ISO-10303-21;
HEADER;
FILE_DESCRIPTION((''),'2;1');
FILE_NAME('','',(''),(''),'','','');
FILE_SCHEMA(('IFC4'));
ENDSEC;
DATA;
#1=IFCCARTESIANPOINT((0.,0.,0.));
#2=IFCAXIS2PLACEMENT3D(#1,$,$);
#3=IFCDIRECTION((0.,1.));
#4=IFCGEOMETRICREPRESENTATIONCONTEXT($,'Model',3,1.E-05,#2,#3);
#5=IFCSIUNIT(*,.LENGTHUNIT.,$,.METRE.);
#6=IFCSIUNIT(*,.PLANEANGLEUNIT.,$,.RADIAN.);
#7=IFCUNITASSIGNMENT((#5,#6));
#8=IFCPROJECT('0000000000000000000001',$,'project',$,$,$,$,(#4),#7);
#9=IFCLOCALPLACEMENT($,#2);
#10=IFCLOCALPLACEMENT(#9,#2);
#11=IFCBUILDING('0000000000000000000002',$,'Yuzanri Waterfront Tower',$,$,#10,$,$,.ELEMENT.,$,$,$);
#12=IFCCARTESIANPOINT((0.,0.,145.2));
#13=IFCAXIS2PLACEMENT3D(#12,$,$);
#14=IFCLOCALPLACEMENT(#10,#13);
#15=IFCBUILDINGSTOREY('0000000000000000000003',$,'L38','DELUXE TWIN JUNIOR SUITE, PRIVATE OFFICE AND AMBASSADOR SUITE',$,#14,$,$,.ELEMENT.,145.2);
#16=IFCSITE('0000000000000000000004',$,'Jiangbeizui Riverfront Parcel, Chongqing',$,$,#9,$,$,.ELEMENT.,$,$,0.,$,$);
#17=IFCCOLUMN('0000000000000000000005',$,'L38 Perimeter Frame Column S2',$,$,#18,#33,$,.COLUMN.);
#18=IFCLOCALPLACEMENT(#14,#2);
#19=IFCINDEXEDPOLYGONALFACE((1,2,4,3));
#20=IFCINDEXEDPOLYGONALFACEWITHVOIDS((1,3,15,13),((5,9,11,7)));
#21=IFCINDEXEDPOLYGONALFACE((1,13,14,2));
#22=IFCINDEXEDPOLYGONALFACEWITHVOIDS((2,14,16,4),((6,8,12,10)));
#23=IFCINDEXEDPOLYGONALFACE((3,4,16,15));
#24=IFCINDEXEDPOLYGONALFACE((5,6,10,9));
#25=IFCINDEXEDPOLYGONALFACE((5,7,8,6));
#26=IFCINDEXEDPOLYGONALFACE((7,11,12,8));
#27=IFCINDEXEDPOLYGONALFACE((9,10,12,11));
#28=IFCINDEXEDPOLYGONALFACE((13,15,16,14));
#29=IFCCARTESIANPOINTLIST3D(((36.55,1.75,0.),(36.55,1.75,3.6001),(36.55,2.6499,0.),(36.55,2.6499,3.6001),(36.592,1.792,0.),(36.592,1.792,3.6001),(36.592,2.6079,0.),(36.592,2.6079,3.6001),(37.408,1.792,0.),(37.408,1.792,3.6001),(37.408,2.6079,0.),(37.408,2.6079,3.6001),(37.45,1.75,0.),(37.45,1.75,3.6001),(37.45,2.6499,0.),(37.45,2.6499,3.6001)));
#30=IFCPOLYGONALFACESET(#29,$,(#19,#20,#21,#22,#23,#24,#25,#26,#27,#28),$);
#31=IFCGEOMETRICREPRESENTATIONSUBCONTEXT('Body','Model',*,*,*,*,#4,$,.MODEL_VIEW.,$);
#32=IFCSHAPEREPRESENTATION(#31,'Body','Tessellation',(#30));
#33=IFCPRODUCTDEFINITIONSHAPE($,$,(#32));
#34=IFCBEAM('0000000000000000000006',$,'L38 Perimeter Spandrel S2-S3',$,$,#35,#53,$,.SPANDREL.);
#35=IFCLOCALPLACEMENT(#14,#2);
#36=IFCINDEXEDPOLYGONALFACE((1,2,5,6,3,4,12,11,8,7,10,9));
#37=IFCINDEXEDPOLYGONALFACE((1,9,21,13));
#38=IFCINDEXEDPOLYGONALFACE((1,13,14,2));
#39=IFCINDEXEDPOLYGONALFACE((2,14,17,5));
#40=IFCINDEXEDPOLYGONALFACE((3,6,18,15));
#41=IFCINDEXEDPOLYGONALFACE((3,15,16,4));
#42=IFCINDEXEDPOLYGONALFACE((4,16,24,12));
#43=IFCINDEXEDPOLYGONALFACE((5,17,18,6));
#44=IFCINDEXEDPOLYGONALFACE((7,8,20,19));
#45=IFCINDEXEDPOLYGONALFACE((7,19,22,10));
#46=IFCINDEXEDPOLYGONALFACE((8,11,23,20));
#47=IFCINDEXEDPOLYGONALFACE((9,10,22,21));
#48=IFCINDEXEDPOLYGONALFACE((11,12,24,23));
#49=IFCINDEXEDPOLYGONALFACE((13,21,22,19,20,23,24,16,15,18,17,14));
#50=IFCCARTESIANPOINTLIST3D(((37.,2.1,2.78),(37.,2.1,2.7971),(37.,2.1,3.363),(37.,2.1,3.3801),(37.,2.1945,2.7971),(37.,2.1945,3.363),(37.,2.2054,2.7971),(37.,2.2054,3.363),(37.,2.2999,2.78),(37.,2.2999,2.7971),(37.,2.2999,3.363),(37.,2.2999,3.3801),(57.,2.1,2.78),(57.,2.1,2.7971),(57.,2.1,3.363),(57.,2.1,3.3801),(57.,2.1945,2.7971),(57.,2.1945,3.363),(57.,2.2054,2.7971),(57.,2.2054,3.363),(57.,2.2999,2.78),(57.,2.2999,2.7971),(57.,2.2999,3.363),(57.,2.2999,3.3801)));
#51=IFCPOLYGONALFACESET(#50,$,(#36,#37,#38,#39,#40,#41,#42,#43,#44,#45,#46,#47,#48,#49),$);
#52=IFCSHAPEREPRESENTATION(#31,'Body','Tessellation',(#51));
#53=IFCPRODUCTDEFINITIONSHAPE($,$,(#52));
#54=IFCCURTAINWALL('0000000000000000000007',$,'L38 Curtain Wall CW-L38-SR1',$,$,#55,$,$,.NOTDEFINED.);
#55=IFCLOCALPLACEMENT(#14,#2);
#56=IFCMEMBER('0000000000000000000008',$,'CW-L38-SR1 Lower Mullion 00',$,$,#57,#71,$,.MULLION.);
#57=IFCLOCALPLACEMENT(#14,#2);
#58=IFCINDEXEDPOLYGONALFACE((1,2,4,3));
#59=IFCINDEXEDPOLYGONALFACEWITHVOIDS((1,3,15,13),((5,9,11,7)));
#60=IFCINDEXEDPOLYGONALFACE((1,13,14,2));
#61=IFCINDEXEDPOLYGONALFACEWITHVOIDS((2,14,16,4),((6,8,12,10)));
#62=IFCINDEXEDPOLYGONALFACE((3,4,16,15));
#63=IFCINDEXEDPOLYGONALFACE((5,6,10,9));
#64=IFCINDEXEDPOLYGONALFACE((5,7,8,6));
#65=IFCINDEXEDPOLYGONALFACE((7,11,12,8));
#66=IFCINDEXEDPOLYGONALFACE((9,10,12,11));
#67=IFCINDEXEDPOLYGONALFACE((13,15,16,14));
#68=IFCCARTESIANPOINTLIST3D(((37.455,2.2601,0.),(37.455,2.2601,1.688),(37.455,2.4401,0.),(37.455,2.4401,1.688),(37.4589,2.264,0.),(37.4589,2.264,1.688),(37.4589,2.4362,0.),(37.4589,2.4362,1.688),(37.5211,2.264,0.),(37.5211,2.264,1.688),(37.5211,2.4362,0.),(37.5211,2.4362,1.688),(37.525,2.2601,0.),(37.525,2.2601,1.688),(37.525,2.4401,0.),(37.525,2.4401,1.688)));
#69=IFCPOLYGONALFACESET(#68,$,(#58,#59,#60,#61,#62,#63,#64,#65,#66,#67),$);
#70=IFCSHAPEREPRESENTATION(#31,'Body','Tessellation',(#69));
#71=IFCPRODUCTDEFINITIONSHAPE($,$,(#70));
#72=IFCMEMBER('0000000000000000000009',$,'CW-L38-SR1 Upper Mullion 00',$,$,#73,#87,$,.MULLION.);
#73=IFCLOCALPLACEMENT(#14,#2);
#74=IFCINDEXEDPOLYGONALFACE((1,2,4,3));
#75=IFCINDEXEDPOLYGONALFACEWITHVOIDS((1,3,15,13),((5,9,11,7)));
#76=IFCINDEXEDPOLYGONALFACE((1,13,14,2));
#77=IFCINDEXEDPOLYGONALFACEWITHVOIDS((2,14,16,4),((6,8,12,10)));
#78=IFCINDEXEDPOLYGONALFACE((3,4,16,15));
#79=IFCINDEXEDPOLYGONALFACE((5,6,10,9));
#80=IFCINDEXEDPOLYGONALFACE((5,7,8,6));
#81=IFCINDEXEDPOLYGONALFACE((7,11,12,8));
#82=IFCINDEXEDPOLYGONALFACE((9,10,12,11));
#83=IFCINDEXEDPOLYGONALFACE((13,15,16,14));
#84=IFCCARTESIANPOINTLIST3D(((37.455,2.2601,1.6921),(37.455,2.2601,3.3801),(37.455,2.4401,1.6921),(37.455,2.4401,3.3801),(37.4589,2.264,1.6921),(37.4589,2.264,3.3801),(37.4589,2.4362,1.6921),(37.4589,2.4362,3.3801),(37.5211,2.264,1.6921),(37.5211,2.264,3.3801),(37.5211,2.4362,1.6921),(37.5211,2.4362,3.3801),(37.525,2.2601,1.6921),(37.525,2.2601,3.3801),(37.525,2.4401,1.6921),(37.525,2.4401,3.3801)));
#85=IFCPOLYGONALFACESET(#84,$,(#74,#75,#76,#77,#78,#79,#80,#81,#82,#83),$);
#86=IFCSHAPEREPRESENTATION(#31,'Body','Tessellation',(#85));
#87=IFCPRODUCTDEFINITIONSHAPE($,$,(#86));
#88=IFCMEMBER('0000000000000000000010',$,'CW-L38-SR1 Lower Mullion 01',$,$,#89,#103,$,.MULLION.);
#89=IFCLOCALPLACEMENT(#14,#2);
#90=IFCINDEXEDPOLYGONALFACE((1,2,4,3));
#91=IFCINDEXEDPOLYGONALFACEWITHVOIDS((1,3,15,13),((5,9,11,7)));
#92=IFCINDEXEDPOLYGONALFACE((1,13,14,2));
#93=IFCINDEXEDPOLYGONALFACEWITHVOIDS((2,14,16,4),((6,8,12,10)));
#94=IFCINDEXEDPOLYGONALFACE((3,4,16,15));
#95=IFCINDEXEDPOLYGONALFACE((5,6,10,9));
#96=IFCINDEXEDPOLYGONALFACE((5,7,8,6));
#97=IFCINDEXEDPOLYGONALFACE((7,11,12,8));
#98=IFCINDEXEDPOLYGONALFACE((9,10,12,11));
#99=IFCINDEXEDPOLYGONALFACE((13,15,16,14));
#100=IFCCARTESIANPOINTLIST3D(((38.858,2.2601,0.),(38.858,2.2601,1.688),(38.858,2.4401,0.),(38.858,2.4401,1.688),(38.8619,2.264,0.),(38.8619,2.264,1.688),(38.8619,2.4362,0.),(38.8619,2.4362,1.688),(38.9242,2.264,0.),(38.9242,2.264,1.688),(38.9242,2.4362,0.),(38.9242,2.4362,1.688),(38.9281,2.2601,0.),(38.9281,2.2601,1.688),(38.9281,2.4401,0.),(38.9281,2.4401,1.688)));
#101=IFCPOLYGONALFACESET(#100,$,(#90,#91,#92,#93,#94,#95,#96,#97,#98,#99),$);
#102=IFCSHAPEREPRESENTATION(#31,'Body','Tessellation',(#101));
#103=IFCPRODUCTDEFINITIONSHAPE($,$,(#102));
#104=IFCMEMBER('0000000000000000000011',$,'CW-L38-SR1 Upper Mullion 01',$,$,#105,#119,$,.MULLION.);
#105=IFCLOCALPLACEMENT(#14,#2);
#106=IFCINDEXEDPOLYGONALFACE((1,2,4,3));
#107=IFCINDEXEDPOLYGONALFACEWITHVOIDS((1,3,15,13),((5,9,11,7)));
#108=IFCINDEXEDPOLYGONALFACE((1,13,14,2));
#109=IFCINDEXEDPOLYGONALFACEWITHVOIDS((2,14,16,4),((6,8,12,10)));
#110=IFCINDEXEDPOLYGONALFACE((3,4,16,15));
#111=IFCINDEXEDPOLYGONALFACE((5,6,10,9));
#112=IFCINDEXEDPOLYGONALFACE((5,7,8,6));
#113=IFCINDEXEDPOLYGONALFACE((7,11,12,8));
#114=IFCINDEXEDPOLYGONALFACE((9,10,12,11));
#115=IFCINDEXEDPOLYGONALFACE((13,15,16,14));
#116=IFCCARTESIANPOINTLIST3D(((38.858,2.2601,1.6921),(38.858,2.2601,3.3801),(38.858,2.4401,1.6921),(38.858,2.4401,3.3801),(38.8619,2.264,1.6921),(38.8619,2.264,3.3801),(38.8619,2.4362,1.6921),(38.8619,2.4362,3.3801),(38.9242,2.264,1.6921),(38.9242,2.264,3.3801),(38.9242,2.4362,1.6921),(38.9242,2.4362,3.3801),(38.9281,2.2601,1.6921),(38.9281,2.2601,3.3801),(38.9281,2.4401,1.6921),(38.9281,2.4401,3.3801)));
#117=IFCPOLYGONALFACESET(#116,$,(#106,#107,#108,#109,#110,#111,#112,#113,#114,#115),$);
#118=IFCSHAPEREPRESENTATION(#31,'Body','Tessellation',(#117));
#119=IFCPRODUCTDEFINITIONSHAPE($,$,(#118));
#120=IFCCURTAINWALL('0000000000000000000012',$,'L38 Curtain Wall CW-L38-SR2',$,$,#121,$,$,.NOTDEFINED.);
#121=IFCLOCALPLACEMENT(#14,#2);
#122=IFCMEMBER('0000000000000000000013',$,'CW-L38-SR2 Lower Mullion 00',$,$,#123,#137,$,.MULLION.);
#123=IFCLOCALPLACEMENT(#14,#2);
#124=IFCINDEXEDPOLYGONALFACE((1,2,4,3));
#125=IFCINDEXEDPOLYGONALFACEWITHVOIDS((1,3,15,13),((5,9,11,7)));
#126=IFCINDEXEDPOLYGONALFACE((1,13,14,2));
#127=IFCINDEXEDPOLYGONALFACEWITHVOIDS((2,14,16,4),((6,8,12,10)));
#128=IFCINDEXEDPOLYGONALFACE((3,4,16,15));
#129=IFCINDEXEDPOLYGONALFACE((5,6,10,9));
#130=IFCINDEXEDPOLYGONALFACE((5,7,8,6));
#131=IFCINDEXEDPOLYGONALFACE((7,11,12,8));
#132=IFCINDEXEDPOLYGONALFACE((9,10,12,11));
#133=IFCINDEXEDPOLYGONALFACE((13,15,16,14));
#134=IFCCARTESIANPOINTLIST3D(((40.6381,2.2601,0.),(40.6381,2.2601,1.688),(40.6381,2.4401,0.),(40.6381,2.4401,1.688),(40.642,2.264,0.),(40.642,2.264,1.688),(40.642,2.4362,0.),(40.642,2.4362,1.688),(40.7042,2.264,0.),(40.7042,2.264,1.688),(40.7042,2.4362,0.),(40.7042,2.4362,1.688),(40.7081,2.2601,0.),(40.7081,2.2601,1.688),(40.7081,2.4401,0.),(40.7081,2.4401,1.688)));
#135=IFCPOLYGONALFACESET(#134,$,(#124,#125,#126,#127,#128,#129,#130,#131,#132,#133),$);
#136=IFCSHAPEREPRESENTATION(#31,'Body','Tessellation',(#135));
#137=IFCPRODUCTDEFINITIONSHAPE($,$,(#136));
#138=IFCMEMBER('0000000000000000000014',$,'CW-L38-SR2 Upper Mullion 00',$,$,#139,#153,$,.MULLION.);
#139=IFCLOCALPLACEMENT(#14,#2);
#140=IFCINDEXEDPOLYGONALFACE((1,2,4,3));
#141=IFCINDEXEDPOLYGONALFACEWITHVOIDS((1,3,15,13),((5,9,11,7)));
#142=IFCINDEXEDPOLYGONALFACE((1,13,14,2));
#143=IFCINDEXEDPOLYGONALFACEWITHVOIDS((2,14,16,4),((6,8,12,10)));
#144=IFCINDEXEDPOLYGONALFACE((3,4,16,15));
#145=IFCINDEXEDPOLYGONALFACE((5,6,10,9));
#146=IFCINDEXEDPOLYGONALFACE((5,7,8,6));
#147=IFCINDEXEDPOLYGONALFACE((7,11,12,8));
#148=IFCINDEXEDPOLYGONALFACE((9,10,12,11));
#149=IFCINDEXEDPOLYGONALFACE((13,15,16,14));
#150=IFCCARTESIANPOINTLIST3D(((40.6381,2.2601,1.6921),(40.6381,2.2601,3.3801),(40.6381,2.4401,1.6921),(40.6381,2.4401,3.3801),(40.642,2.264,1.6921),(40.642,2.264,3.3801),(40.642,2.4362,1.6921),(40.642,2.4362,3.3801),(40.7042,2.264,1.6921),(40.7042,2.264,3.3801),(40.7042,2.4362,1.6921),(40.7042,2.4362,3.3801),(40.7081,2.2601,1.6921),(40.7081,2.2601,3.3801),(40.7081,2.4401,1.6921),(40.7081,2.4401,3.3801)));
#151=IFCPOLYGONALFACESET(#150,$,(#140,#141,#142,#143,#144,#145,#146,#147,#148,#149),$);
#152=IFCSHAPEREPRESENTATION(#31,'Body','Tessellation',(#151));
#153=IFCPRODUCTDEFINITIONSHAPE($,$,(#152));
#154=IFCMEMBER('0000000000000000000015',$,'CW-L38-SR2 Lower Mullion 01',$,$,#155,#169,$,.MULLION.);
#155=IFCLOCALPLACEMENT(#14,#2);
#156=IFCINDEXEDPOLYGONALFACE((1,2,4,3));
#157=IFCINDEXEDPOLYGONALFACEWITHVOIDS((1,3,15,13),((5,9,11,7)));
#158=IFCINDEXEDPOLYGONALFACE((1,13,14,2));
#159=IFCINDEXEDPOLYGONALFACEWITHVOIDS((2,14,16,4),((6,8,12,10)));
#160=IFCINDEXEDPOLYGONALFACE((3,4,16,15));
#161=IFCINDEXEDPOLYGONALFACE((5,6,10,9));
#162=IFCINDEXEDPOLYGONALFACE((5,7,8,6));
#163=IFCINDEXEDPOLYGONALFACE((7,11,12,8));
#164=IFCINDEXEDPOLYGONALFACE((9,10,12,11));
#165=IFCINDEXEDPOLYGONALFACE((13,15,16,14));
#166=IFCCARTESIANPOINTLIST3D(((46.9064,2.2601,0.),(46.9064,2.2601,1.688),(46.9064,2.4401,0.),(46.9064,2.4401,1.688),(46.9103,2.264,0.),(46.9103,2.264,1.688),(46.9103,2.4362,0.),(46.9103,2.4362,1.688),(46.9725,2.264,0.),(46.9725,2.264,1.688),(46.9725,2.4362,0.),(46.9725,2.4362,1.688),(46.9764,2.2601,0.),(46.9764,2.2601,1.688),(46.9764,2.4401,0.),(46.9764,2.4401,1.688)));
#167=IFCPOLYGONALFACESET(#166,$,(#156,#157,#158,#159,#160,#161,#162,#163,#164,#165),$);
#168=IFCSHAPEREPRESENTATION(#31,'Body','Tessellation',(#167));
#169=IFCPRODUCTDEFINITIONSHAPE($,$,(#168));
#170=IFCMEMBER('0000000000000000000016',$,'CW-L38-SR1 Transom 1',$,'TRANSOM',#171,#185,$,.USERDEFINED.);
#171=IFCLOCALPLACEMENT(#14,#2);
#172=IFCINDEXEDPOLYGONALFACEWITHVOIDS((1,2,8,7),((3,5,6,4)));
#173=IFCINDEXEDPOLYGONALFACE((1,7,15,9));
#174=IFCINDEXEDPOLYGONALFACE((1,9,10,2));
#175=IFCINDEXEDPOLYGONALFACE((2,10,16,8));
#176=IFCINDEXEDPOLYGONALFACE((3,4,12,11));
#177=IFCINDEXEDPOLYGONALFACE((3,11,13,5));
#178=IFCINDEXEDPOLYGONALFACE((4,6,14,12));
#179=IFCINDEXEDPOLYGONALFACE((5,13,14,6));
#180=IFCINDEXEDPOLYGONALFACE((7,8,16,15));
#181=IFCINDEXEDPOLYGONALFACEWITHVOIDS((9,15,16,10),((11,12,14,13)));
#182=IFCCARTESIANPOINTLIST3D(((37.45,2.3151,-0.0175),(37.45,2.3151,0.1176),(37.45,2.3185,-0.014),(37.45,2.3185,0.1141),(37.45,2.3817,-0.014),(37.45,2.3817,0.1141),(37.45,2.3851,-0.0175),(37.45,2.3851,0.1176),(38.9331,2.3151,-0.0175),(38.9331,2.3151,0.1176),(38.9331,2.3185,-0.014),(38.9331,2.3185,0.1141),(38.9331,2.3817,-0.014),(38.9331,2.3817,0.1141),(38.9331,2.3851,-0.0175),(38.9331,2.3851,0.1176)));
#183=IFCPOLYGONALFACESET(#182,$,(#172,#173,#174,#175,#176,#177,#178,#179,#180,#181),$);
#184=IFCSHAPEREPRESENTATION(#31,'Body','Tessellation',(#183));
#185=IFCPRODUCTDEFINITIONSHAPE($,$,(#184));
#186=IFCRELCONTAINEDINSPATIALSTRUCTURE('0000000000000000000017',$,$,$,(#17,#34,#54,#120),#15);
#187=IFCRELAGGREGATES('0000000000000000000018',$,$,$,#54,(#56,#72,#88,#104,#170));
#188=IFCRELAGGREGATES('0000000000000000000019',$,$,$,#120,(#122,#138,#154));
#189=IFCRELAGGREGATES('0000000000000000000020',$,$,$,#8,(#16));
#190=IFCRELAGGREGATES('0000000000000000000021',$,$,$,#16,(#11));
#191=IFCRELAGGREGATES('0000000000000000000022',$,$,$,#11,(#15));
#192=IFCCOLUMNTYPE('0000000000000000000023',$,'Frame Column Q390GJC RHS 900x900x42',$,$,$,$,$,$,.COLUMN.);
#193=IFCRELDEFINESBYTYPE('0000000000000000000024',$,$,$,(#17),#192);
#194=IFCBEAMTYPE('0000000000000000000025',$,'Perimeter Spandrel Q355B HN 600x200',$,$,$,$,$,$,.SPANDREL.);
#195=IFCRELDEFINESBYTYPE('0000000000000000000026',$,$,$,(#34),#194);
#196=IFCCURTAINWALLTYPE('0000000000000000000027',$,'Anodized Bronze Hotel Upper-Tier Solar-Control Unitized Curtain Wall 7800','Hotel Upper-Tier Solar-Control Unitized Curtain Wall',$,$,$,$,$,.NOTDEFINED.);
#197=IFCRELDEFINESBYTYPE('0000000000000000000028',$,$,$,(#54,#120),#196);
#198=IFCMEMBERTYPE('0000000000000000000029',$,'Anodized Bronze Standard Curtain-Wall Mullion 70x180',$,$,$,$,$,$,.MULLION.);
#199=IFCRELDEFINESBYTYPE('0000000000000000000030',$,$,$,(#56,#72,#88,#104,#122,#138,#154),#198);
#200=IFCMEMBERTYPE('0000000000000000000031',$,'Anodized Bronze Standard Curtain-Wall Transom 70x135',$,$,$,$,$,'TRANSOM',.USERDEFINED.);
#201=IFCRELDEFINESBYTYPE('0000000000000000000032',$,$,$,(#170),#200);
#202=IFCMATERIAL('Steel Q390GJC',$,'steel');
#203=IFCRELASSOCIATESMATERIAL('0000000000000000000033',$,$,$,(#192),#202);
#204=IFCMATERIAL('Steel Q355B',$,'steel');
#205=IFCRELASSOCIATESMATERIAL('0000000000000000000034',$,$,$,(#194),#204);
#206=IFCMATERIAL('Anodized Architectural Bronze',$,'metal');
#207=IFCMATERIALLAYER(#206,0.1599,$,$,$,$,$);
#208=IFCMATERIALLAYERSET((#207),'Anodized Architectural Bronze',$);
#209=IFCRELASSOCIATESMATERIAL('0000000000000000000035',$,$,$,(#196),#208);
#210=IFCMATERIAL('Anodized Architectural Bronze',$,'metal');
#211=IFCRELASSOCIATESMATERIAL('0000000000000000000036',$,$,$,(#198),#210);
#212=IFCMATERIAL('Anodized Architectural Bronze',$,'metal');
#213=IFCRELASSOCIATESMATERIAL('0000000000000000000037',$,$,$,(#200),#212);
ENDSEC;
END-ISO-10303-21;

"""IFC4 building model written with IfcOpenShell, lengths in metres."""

from ifc_helpers import new_model, si_unit, direction, frame, origin, origin_2d, place, context, subcontext, project, spatial, hollow_rectangle, i_section, extrude, source, transform, mapped, material, layer, layer_set, material_profile, profile_set, type_object, element, aggregate, save


model = new_model("IFC4")

# Units and contexts
model_context = context("Model", 3, precision=1e-05, world=origin(), true_north=direction((0.0, 1.0)))
body_context = subcontext(model_context, "Body", "Model", "MODEL_VIEW")
ifc_project = project(units=[si_unit("LENGTHUNIT", "METRE"), si_unit("PLANEANGLEUNIT", "RADIAN")], contexts=[model_context])

# Site, building, storey
site_placement = place(None, origin())
site = spatial("IfcSite", under=ifc_project, at=site_placement, Name="Jiangbeizui Riverfront Parcel, Chongqing", CompositionType="ELEMENT", RefElevation=0.0)
building_placement = place(site_placement, origin())
building = spatial("IfcBuilding", under=site, at=building_placement, Name="Yuzanri Waterfront Tower", CompositionType="ELEMENT")
storey_placement = place(building_placement, frame((0.0, 0.0, 145.2)))
storey = spatial("IfcBuildingStorey", under=building, at=storey_placement, Name="L38", Description="DELUXE TWIN JUNIOR SUITE, PRIVATE OFFICE AND AMBASSADOR SUITE", CompositionType="ELEMENT", Elevation=145.2)

# Column
ifc_material_1 = material(Name="Steel Q390GJC", Category="steel")
ifc_material_profile_1 = material_profile(ifc_material_1, hollow_rectangle(XDim=0.8999, YDim=0.8999, WallThickness=0.042, at=origin_2d()), Name="RHS 900x900x42")
ifc_profile_set_1 = profile_set([ifc_material_profile_1], Name="Steel Q390GJC")
column_type = type_object("IfcColumnType", Name="Frame Column Q390GJC RHS 900x900x42", PredefinedType="COLUMN", material=ifc_profile_set_1)
shared_shape_1 = source(origin(), body_context, "Body", "SweptSolid", [
    extrude(hollow_rectangle(XDim=0.8999, YDim=0.8999, WallThickness=0.042, at=origin_2d()), origin(), (0.0, 0.0, 1.0), 3.6001),
])
column_placement = place(storey_placement, frame((37.0, 2.2, 0.0), z_axis=(0.0, 0.0, 1.0), x_axis=(1.0, 0.0, 0.0)))
element("IfcColumn", 1, at=column_placement, inside=storey, type_object=column_type, Name="L38 Perimeter Frame Column S2", PredefinedType="COLUMN", context=body_context, shape_type="MappedRepresentation", body=[
    mapped(shared_shape_1, transform((0.0, 0.0, 0.0), scale=1.0)),
])

# Beam
ifc_material_2 = material(Name="Steel Q355B", Category="steel")
ifc_material_profile_2 = material_profile(ifc_material_2, i_section(OverallWidth=0.2, OverallDepth=0.6001, WebThickness=0.011, FlangeThickness=0.0171, at=origin_2d()), Name="HN 600x200x11x17")
ifc_profile_set_2 = profile_set([ifc_material_profile_2], Name="Steel Q355B")
beam_type = type_object("IfcBeamType", Name="Perimeter Spandrel Q355B HN 600x200", PredefinedType="SPANDREL", material=ifc_profile_set_2)
shared_shape_2 = source(origin(), body_context, "Body", "SweptSolid", [
    extrude(i_section(OverallWidth=0.2, OverallDepth=0.6001, WebThickness=0.011, FlangeThickness=0.0171, at=origin_2d()), origin(), (0.0, 0.0, 1.0), 20.0),
])
beam_placement = place(storey_placement, frame((37.0, 2.2, 3.0801), z_axis=(1.0, 0.0, 0.0), x_axis=(0.0, 1.0, 0.0)))
element("IfcBeam", 2, at=beam_placement, inside=storey, type_object=beam_type, Name="L38 Perimeter Spandrel S2-S3", PredefinedType="SPANDREL", context=body_context, shape_type="MappedRepresentation", body=[
    mapped(shared_shape_2, transform((0.0, 0.0, 0.0), scale=1.0)),
])

# Curtain walls, members
ifc_material_3 = material(Name="Anodized Architectural Bronze", Category="metal")
ifc_layer_1 = layer(ifc_material_3, 0.1599)
ifc_layer_set_1 = layer_set([ifc_layer_1], Name="Anodized Architectural Bronze")
curtain_wall_type = type_object("IfcCurtainWallType", Name="Anodized Bronze Hotel Upper-Tier Solar-Control Unitized Curtain Wall 7800", Description="Hotel Upper-Tier Solar-Control Unitized Curtain Wall", PredefinedType="NOTDEFINED", material=ifc_layer_set_1)
curtain_wall_1_placement = place(storey_placement, origin())
curtain_wall_1 = element("IfcCurtainWall", 3, at=curtain_wall_1_placement, inside=storey, type_object=curtain_wall_type, Name="L38 Curtain Wall CW-L38-SR1", PredefinedType="NOTDEFINED")
ifc_material_4 = material(Name="Anodized Architectural Bronze", Category="metal")
ifc_material_profile_3 = material_profile(ifc_material_4, hollow_rectangle(XDim=0.0701, YDim=0.1799, WallThickness=0.0039, at=origin_2d()), Name="CWM 70x180")
ifc_profile_set_3 = profile_set([ifc_material_profile_3], Name="Anodized Architectural Bronze")
member_type_1 = type_object("IfcMemberType", Name="Anodized Bronze Standard Curtain-Wall Mullion 70x180", PredefinedType="MULLION", material=ifc_profile_set_3)
shared_shape_3 = source(origin(), body_context, "Body", "SweptSolid", [
    extrude(hollow_rectangle(XDim=0.0701, YDim=0.1799, WallThickness=0.0039, at=origin_2d()), origin(), (0.0, 0.0, 1.0), 1.688),
])
member_1_placement = place(storey_placement, frame((37.49, 2.3501, 0.0), z_axis=(0.0, 0.0, 1.0), x_axis=(1.0, 0.0, 0.0)))
member_1 = element("IfcMember", 4, at=member_1_placement, type_object=member_type_1, Name="CW-L38-SR1 Lower Mullion 00", PredefinedType="MULLION", context=body_context, shape_type="MappedRepresentation", body=[
    mapped(shared_shape_3, transform((0.0, 0.0, 0.0), scale=1.0)),
])
member_2_placement = place(storey_placement, frame((37.49, 2.3501, 1.6921), z_axis=(0.0, 0.0, 1.0), x_axis=(1.0, 0.0, 0.0)))
member_2 = element("IfcMember", 5, at=member_2_placement, type_object=member_type_1, Name="CW-L38-SR1 Upper Mullion 00", PredefinedType="MULLION", context=body_context, shape_type="MappedRepresentation", body=[
    mapped(shared_shape_3, transform((0.0, 0.0, 0.0), scale=1.0)),
])
member_3_placement = place(storey_placement, frame((38.8931, 2.3501, 0.0), z_axis=(0.0, 0.0, 1.0), x_axis=(1.0, 0.0, 0.0)))
member_3 = element("IfcMember", 6, at=member_3_placement, type_object=member_type_1, Name="CW-L38-SR1 Lower Mullion 01", PredefinedType="MULLION", context=body_context, shape_type="MappedRepresentation", body=[
    mapped(shared_shape_3, transform((0.0, 0.0, 0.0), scale=1.0)),
])
member_4_placement = place(storey_placement, frame((38.8931, 2.3501, 1.6921), z_axis=(0.0, 0.0, 1.0), x_axis=(1.0, 0.0, 0.0)))
member_4 = element("IfcMember", 7, at=member_4_placement, type_object=member_type_1, Name="CW-L38-SR1 Upper Mullion 01", PredefinedType="MULLION", context=body_context, shape_type="MappedRepresentation", body=[
    mapped(shared_shape_3, transform((0.0, 0.0, 0.0), scale=1.0)),
])
curtain_wall_2_placement = place(storey_placement, origin())
curtain_wall_2 = element("IfcCurtainWall", 8, at=curtain_wall_2_placement, inside=storey, type_object=curtain_wall_type, Name="L38 Curtain Wall CW-L38-SR2", PredefinedType="NOTDEFINED")
member_5_placement = place(storey_placement, frame((40.6731, 2.3501, 0.0), z_axis=(0.0, 0.0, 1.0), x_axis=(1.0, 0.0, 0.0)))
member_5 = element("IfcMember", 9, at=member_5_placement, type_object=member_type_1, Name="CW-L38-SR2 Lower Mullion 00", PredefinedType="MULLION", context=body_context, shape_type="MappedRepresentation", body=[
    mapped(shared_shape_3, transform((0.0, 0.0, 0.0), scale=1.0)),
])
member_6_placement = place(storey_placement, frame((40.6731, 2.3501, 1.6921), z_axis=(0.0, 0.0, 1.0), x_axis=(1.0, 0.0, 0.0)))
member_6 = element("IfcMember", 10, at=member_6_placement, type_object=member_type_1, Name="CW-L38-SR2 Upper Mullion 00", PredefinedType="MULLION", context=body_context, shape_type="MappedRepresentation", body=[
    mapped(shared_shape_3, transform((0.0, 0.0, 0.0), scale=1.0)),
])
member_7_placement = place(storey_placement, frame((46.9414, 2.3501, 0.0), z_axis=(0.0, 0.0, 1.0), x_axis=(1.0, 0.0, 0.0)))
member_7 = element("IfcMember", 11, at=member_7_placement, type_object=member_type_1, Name="CW-L38-SR2 Lower Mullion 01", PredefinedType="MULLION", context=body_context, shape_type="MappedRepresentation", body=[
    mapped(shared_shape_3, transform((0.0, 0.0, 0.0), scale=1.0)),
])

# Member
ifc_material_5 = material(Name="Anodized Architectural Bronze", Category="metal")
ifc_material_profile_4 = material_profile(ifc_material_5, hollow_rectangle(XDim=0.0701, YDim=0.135, WallThickness=0.0034, at=origin_2d()), Name="CWT 70x135")
ifc_profile_set_4 = profile_set([ifc_material_profile_4], Name="Anodized Architectural Bronze")
member_type_2 = type_object("IfcMemberType", Name="Anodized Bronze Standard Curtain-Wall Transom 70x135", ElementType="TRANSOM", PredefinedType="USERDEFINED", material=ifc_profile_set_4)
shared_shape_4 = source(origin(), body_context, "Body", "SweptSolid", [
    extrude(hollow_rectangle(XDim=0.0701, YDim=0.135, WallThickness=0.0034, at=origin_2d()), origin(), (0.0, 0.0, 1.0), 1.4832),
])
member_8_placement = place(storey_placement, frame((37.45, 2.3501, 0.05), z_axis=(1.0, 0.0, 0.0), x_axis=(0.0, 1.0, 0.0)))
member_8 = element("IfcMember", 12, at=member_8_placement, type_object=member_type_2, Name="CW-L38-SR1 Transom 1", ObjectType="TRANSOM", PredefinedType="USERDEFINED", context=body_context, shape_type="MappedRepresentation", body=[
    mapped(shared_shape_4, transform((0.0, 0.0, 0.0), scale=1.0)),
])

aggregate(curtain_wall_1, [member_1, member_2, member_3, member_4, member_8])
aggregate(curtain_wall_2, [member_5, member_6, member_7])

save(model, "model.ifc")
